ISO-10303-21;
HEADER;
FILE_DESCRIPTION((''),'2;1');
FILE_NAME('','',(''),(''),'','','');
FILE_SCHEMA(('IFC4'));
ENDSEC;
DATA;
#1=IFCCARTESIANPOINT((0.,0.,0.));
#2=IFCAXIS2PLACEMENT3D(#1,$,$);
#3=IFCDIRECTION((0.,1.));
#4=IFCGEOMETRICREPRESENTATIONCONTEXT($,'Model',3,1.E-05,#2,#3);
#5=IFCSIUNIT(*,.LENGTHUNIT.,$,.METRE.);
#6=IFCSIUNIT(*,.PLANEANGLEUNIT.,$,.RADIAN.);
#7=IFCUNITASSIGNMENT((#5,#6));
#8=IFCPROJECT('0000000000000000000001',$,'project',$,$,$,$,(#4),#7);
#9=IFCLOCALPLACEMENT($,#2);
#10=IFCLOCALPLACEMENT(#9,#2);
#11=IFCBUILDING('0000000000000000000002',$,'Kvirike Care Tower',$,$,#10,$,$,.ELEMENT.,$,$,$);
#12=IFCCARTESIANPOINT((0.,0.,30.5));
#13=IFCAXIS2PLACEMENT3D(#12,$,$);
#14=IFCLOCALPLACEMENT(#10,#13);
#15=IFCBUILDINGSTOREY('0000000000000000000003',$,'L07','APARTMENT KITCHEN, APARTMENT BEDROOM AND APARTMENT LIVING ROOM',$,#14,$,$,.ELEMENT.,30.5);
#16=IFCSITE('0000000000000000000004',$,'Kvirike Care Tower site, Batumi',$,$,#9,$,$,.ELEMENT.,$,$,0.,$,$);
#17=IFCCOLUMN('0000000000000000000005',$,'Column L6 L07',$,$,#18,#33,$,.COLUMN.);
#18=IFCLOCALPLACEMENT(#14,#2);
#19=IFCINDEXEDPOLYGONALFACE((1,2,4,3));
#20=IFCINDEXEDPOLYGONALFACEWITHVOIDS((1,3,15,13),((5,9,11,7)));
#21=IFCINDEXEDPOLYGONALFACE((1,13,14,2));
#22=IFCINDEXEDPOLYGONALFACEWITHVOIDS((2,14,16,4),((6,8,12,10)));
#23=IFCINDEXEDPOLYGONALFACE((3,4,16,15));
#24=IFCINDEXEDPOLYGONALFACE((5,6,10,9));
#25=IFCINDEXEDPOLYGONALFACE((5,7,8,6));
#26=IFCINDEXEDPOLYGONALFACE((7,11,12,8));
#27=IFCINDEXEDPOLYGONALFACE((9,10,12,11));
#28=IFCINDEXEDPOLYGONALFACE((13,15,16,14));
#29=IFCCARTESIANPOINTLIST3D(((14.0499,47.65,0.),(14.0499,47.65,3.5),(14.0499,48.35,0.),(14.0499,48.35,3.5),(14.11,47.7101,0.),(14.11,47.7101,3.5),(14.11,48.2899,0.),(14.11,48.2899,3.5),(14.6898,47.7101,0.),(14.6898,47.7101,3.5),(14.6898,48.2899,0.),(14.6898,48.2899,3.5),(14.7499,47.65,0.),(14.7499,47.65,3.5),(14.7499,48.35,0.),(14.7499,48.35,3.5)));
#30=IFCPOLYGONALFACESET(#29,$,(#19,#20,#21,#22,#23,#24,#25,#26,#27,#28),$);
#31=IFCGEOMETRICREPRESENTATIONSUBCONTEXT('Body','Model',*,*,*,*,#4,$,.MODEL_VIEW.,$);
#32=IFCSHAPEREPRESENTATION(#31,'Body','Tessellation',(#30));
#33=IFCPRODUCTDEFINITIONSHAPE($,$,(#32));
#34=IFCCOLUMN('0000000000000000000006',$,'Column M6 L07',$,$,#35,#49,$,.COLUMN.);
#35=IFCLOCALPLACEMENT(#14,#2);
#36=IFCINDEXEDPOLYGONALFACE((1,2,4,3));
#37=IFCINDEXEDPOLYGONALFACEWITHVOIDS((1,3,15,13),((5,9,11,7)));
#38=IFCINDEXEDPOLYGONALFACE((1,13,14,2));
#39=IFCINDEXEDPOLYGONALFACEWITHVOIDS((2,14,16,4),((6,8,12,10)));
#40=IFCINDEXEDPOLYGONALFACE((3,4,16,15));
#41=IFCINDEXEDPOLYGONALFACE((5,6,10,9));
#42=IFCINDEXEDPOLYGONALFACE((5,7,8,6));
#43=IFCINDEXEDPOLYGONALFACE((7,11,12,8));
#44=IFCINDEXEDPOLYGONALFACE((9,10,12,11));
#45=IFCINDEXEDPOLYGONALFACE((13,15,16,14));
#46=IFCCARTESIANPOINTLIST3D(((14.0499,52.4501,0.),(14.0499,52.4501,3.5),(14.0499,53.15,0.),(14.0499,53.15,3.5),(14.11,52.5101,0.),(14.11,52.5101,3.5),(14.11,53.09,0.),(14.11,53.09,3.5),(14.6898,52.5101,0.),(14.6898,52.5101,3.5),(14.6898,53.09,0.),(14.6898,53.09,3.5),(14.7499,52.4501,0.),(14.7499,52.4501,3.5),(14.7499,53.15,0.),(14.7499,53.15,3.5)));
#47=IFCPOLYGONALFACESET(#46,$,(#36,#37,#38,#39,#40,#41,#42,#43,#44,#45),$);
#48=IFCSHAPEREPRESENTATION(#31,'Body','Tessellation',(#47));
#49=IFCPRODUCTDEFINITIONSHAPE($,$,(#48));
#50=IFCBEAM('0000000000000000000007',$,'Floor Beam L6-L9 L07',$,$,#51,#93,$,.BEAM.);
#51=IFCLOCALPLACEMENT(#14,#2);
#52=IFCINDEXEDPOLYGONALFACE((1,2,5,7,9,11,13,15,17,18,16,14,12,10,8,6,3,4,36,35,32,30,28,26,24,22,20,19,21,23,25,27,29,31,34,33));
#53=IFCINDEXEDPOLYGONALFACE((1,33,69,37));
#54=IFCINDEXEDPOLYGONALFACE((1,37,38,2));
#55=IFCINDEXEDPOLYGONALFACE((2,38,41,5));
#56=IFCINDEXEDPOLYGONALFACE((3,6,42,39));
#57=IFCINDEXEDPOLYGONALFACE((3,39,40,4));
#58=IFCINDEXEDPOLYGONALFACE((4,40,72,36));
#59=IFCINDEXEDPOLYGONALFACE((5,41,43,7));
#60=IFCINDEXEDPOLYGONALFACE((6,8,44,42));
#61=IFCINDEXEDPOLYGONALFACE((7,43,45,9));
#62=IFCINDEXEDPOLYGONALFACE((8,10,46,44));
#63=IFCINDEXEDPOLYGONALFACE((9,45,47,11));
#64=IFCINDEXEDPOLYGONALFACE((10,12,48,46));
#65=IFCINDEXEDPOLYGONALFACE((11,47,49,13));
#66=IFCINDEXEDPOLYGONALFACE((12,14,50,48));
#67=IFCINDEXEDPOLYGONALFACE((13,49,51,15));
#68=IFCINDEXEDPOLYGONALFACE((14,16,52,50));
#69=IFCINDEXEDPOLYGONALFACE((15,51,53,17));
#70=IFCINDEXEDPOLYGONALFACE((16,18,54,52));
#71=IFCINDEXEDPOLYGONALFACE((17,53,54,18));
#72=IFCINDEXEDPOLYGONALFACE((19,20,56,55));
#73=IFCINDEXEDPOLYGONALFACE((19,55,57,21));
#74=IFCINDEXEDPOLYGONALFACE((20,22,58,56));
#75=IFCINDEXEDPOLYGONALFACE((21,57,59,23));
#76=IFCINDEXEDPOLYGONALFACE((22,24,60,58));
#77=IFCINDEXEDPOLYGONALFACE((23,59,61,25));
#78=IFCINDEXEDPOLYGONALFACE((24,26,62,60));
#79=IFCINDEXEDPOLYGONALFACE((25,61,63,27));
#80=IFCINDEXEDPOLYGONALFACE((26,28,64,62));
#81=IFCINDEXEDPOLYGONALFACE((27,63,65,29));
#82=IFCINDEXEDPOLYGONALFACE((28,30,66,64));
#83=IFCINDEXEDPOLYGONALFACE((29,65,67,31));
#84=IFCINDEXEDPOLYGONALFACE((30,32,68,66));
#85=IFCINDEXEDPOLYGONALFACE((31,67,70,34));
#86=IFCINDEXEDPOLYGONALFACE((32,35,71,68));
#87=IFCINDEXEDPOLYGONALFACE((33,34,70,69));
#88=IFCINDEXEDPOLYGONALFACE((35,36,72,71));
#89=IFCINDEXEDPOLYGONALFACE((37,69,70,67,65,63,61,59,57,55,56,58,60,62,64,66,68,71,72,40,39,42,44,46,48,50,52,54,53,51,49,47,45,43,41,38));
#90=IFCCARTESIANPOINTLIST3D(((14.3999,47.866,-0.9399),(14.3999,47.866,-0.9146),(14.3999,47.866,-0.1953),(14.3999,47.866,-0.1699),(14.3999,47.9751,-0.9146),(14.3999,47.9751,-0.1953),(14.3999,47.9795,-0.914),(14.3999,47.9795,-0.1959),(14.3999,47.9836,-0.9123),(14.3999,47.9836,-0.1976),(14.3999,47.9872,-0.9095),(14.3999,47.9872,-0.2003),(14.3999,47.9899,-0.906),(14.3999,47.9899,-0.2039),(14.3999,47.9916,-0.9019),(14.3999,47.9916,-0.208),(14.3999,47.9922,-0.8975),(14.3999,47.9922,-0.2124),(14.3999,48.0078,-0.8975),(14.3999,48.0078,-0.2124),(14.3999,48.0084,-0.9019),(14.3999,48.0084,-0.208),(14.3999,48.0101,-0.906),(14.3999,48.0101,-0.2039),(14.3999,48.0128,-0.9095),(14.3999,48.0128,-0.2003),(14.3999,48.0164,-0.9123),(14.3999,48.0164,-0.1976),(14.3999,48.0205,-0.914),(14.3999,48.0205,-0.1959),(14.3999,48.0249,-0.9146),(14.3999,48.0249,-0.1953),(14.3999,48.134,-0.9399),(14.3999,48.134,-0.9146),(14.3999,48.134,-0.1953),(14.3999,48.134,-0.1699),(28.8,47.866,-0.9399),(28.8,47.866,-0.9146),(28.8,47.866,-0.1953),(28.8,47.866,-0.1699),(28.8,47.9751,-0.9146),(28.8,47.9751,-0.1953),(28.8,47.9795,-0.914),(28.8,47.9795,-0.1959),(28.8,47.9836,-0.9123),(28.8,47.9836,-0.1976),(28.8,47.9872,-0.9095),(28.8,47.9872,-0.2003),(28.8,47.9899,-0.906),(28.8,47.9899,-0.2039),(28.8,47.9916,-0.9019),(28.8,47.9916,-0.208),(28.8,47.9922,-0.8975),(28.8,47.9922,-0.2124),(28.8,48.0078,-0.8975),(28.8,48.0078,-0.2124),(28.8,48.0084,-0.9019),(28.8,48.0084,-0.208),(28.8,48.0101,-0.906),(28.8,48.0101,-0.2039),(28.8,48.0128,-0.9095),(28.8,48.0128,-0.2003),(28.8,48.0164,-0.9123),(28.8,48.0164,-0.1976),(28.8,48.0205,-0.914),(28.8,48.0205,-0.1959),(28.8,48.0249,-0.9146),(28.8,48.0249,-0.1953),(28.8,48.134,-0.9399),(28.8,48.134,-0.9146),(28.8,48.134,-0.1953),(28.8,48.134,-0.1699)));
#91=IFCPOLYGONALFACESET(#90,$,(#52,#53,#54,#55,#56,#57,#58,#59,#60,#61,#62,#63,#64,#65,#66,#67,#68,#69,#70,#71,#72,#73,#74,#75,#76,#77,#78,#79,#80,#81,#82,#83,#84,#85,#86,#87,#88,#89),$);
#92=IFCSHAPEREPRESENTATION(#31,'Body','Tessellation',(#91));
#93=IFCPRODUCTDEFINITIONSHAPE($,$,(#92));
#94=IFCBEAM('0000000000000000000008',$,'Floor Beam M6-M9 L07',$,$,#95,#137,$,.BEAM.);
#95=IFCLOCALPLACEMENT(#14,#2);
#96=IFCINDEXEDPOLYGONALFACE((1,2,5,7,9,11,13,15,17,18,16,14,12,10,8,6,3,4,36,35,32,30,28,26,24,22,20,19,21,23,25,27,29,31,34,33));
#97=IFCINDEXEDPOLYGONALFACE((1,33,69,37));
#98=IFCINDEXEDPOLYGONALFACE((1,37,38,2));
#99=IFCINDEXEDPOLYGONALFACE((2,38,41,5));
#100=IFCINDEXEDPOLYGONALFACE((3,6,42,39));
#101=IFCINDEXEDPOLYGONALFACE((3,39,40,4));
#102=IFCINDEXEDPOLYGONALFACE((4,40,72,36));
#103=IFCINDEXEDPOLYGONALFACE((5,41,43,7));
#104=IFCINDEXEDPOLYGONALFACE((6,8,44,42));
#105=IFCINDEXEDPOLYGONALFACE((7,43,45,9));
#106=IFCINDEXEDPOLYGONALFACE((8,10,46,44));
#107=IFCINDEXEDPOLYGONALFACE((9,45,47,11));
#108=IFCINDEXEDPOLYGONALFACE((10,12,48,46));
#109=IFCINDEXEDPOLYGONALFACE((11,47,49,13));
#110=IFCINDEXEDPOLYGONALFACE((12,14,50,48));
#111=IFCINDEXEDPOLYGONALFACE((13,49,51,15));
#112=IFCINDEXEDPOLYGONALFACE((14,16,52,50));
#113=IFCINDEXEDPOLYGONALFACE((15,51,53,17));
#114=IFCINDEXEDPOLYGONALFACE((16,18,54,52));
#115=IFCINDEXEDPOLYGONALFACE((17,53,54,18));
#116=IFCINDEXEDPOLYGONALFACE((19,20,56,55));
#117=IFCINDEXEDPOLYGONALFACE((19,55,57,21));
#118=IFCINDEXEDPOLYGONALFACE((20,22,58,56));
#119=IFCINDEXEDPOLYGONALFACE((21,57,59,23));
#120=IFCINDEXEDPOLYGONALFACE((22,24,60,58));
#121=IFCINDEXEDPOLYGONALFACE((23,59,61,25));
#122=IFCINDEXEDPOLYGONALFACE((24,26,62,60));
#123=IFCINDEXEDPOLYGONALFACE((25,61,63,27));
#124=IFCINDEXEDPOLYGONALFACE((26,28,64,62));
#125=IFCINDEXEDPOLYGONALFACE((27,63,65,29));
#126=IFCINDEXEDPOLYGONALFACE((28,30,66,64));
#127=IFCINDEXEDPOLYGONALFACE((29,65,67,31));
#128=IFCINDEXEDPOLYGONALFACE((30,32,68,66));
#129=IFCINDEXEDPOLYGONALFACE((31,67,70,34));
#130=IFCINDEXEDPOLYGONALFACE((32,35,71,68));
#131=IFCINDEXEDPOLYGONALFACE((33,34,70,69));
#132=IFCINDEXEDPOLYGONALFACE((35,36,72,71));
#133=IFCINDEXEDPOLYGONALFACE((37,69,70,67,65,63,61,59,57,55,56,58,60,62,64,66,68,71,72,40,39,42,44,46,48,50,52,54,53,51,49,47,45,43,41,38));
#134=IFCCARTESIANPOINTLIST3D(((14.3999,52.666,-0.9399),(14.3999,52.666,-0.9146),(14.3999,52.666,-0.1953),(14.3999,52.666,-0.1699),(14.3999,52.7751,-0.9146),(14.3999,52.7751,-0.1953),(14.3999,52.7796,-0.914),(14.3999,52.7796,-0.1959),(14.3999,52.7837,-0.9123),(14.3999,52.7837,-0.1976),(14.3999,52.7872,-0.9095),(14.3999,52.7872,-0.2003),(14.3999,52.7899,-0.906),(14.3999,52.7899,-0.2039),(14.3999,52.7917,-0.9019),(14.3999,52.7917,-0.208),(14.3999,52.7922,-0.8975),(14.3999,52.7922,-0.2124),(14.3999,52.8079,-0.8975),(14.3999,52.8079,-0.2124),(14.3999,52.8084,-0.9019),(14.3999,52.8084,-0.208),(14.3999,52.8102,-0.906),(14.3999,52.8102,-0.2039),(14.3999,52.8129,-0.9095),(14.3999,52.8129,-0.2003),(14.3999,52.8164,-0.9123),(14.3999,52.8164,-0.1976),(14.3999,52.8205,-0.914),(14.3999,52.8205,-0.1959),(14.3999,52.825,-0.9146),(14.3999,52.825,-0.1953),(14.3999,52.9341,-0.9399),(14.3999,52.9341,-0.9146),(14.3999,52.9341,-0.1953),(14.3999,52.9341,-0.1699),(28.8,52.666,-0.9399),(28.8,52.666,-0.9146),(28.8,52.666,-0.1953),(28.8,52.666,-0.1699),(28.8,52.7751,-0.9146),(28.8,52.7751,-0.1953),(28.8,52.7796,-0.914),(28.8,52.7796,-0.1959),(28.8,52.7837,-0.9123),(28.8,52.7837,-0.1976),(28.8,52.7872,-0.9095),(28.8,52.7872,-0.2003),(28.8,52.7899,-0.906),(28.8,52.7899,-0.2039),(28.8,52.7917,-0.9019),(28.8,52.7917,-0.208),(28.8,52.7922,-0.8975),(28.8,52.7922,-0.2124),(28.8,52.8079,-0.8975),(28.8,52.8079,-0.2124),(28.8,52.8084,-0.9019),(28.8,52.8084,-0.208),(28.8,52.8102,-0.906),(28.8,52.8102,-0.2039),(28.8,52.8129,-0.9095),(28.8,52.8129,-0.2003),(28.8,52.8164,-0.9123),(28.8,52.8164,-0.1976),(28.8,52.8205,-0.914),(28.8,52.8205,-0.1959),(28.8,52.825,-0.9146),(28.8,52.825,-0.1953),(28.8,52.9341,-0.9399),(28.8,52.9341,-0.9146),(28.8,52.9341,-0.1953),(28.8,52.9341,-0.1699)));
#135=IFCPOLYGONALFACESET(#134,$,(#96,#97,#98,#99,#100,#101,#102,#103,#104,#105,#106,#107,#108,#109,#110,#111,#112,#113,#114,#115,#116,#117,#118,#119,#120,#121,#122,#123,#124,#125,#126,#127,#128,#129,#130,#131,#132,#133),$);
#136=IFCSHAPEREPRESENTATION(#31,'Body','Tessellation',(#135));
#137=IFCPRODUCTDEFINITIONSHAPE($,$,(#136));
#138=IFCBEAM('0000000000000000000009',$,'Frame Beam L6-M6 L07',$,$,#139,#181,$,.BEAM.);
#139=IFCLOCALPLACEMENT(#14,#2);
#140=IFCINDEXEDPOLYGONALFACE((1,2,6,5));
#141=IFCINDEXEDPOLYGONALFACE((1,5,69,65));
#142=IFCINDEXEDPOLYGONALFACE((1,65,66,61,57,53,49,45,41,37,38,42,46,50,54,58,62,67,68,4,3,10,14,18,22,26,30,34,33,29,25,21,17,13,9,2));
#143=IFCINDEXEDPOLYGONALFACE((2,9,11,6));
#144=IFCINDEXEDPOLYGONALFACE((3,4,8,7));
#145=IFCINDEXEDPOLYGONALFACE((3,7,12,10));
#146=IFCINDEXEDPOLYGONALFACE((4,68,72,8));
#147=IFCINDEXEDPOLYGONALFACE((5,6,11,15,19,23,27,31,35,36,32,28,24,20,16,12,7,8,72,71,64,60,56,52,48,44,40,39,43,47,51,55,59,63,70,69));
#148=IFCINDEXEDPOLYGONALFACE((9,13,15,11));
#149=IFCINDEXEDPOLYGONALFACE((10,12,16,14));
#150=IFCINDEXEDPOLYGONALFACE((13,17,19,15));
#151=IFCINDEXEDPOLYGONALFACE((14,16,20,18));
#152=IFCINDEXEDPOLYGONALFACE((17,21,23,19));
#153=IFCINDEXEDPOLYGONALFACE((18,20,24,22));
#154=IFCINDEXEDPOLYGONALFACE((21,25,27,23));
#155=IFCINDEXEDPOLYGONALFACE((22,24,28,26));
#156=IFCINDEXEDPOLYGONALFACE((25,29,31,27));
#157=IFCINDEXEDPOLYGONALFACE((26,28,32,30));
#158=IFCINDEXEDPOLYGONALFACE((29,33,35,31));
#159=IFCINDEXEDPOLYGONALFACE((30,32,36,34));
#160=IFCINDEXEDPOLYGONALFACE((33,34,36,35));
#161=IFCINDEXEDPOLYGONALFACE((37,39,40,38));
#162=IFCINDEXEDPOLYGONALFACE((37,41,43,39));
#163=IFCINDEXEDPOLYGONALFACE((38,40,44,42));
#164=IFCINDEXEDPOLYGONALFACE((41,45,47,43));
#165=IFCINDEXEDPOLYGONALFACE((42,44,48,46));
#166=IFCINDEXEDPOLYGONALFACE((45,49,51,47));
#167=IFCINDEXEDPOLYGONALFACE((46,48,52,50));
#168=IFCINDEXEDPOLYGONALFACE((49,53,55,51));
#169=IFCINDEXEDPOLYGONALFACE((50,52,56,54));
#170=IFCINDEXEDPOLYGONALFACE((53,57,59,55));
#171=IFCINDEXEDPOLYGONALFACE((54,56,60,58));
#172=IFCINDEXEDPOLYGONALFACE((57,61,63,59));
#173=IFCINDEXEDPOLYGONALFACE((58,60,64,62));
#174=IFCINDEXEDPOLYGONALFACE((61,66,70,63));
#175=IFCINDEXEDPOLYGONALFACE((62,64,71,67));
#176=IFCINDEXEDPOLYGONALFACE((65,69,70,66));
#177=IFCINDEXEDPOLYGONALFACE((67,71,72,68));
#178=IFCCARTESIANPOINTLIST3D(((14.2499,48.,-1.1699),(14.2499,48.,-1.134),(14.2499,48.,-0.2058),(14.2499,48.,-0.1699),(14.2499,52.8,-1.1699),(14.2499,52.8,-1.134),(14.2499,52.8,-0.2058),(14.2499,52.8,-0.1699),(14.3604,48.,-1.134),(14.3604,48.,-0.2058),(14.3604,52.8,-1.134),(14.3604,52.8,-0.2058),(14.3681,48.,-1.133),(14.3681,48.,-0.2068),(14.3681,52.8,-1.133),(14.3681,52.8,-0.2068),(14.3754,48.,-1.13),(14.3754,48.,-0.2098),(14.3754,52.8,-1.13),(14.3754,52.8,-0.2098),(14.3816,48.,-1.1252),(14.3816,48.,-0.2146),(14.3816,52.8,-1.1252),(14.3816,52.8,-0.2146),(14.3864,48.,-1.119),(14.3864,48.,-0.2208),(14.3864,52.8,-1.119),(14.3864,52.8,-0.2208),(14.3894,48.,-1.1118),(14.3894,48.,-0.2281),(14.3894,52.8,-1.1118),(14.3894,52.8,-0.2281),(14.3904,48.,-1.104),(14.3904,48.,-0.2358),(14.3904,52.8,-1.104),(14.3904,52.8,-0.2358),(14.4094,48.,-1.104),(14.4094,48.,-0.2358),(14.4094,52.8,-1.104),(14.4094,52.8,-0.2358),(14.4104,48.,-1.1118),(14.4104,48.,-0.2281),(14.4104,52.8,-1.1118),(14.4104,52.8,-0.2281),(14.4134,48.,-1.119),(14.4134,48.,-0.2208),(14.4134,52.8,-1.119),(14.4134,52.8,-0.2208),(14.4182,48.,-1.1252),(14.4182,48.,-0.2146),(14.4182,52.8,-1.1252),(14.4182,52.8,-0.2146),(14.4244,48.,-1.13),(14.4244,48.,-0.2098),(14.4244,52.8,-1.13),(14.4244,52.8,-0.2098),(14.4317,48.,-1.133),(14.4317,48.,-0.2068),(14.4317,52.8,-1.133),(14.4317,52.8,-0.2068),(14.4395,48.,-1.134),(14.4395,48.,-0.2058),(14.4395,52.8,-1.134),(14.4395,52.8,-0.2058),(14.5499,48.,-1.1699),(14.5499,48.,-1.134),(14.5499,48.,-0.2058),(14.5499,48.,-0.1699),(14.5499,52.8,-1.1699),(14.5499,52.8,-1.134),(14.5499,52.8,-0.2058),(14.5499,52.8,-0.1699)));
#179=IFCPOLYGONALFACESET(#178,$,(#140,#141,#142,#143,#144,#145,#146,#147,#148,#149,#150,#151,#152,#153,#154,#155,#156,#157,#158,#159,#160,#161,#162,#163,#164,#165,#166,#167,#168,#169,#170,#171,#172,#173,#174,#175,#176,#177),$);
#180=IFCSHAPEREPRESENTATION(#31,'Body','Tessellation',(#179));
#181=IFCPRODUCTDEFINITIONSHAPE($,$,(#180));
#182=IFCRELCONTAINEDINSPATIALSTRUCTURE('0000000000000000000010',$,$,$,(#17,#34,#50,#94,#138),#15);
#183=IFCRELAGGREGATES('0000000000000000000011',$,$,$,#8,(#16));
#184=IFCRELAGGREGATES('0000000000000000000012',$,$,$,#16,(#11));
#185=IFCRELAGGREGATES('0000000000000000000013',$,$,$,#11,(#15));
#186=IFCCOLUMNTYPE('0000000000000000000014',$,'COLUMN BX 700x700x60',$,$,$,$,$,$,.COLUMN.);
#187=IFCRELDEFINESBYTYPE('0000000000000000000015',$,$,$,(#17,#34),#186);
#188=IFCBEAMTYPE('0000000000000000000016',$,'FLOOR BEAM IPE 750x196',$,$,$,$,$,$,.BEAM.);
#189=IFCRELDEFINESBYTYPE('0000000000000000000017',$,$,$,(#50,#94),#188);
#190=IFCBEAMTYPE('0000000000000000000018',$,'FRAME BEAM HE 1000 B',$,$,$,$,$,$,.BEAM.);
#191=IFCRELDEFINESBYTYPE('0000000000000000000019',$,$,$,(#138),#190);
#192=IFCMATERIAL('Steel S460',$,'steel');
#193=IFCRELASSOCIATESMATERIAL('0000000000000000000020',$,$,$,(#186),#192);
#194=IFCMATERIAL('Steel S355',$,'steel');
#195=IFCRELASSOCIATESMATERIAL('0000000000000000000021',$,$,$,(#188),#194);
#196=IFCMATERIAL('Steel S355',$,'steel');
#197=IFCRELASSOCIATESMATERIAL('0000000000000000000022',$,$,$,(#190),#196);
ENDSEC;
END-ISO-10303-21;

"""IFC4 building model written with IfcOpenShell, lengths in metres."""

from ifc_helpers import new_model, si_unit, direction, frame, origin, origin_2d, place, context, subcontext, project, spatial, hollow_rectangle, i_section, extrude, material, material_profile, profile_set, type_object, element, save


model = new_model("IFC4")

# Units and contexts
model_context = context("Model", 3, precision=1e-05, world=origin(), true_north=direction((0.0, 1.0)))
body_context = subcontext(model_context, "Body", "Model", "MODEL_VIEW")
ifc_project = project(units=[si_unit("LENGTHUNIT", "METRE"), si_unit("PLANEANGLEUNIT", "RADIAN")], contexts=[model_context])

# Site, building, storey
site_placement = place(None, origin())
site = spatial("IfcSite", under=ifc_project, at=site_placement, Name="Kvirike Care Tower site, Batumi", CompositionType="ELEMENT", RefElevation=0.0)
building_placement = place(site_placement, origin())
building = spatial("IfcBuilding", under=site, at=building_placement, Name="Kvirike Care Tower", CompositionType="ELEMENT")
storey_placement = place(building_placement, frame((0.0, 0.0, 30.5)))
storey = spatial("IfcBuildingStorey", under=building, at=storey_placement, Name="L07", Description="APARTMENT KITCHEN, APARTMENT BEDROOM AND APARTMENT LIVING ROOM", CompositionType="ELEMENT", Elevation=30.5)

# Columns
ifc_material_1 = material(Name="Steel S460", Category="steel")
ifc_material_profile_1 = material_profile(ifc_material_1, hollow_rectangle(XDim=0.7, YDim=0.7, WallThickness=0.0601, at=origin_2d()), Name="BX 700x700x60")
ifc_profile_set_1 = profile_set([ifc_material_profile_1], Name="Steel S460")
column_type = type_object("IfcColumnType", Name="COLUMN BX 700x700x60", PredefinedType="COLUMN", material=ifc_profile_set_1)
for number, where, z_axis, x_axis, name in (
    (1, (14.3999, 48.0, 0.0), (0.0, 0.0, 1.0), (1.0, 0.0, 0.0), "Column L6 L07"),
    (2, (14.3999, 52.8, 0.0), (0.0, 0.0, 1.0), (1.0, 0.0, 0.0), "Column M6 L07"),
):
    element("IfcColumn", number, at=place(storey_placement, frame(where, z_axis=z_axis, x_axis=x_axis)), inside=storey, type_object=column_type, Name=name, PredefinedType="COLUMN", context=body_context, shape_type="SweptSolid", body=[
        extrude(hollow_rectangle(XDim=0.7, YDim=0.7, WallThickness=0.0601, at=origin_2d()), origin(), (0.0, 0.0, 1.0), 3.5),
    ])

# Beams
ifc_material_2 = material(Name="Steel S355", Category="steel")
ifc_material_profile_2 = material_profile(ifc_material_2, i_section(OverallWidth=0.2681, OverallDepth=0.77, WebThickness=0.0156, FlangeThickness=0.0254, FilletRadius=0.0171, at=origin_2d()), Name="IPE 750x196")
ifc_profile_set_2 = profile_set([ifc_material_profile_2], Name="Steel S355")
beam_type_1 = type_object("IfcBeamType", Name="FLOOR BEAM IPE 750x196", PredefinedType="BEAM", material=ifc_profile_set_2)
for number, where, z_axis, x_axis, name in (
    (3, (14.3999, 48.0, -0.5549), (1.0, 0.0, 0.0), (0.0, 1.0, 0.0), "Floor Beam L6-L9 L07"),
    (4, (14.3999, 52.8, -0.5549), (1.0, 0.0, 0.0), (0.0, 1.0, 0.0), "Floor Beam M6-M9 L07"),
):
    element("IfcBeam", number, at=place(storey_placement, frame(where, z_axis=z_axis, x_axis=x_axis)), inside=storey, type_object=beam_type_1, Name=name, PredefinedType="BEAM", context=body_context, shape_type="SweptSolid", body=[
        extrude(i_section(OverallWidth=0.2681, OverallDepth=0.77, WebThickness=0.0156, FlangeThickness=0.0254, FilletRadius=0.0171, at=origin_2d()), origin(), (0.0, 0.0, 1.0), 14.4001),
    ])
ifc_material_3 = material(Name="Steel S355", Category="steel")
ifc_material_profile_3 = material_profile(ifc_material_3, i_section(OverallWidth=0.3, OverallDepth=1.0, WebThickness=0.019, FlangeThickness=0.0359, FilletRadius=0.03, at=origin_2d()), Name="HE 1000 B")
ifc_profile_set_3 = profile_set([ifc_material_profile_3], Name="Steel S355")
beam_type_2 = type_object("IfcBeamType", Name="FRAME BEAM HE 1000 B", PredefinedType="BEAM", material=ifc_profile_set_3)
for number, where, z_axis, x_axis, name in (
    (5, (14.3999, 48.0, -0.6699), (0.0, 1.0, 0.0), (-1.0, 0.0, 0.0), "Frame Beam L6-M6 L07"),
):
    element("IfcBeam", number, at=place(storey_placement, frame(where, z_axis=z_axis, x_axis=x_axis)), inside=storey, type_object=beam_type_2, Name=name, PredefinedType="BEAM", context=body_context, shape_type="SweptSolid", body=[
        extrude(i_section(OverallWidth=0.3, OverallDepth=1.0, WebThickness=0.019, FlangeThickness=0.0359, FilletRadius=0.03, at=origin_2d()), origin(), (0.0, 0.0, 1.0), 4.8),
    ])

save(model, "model.ifc")
